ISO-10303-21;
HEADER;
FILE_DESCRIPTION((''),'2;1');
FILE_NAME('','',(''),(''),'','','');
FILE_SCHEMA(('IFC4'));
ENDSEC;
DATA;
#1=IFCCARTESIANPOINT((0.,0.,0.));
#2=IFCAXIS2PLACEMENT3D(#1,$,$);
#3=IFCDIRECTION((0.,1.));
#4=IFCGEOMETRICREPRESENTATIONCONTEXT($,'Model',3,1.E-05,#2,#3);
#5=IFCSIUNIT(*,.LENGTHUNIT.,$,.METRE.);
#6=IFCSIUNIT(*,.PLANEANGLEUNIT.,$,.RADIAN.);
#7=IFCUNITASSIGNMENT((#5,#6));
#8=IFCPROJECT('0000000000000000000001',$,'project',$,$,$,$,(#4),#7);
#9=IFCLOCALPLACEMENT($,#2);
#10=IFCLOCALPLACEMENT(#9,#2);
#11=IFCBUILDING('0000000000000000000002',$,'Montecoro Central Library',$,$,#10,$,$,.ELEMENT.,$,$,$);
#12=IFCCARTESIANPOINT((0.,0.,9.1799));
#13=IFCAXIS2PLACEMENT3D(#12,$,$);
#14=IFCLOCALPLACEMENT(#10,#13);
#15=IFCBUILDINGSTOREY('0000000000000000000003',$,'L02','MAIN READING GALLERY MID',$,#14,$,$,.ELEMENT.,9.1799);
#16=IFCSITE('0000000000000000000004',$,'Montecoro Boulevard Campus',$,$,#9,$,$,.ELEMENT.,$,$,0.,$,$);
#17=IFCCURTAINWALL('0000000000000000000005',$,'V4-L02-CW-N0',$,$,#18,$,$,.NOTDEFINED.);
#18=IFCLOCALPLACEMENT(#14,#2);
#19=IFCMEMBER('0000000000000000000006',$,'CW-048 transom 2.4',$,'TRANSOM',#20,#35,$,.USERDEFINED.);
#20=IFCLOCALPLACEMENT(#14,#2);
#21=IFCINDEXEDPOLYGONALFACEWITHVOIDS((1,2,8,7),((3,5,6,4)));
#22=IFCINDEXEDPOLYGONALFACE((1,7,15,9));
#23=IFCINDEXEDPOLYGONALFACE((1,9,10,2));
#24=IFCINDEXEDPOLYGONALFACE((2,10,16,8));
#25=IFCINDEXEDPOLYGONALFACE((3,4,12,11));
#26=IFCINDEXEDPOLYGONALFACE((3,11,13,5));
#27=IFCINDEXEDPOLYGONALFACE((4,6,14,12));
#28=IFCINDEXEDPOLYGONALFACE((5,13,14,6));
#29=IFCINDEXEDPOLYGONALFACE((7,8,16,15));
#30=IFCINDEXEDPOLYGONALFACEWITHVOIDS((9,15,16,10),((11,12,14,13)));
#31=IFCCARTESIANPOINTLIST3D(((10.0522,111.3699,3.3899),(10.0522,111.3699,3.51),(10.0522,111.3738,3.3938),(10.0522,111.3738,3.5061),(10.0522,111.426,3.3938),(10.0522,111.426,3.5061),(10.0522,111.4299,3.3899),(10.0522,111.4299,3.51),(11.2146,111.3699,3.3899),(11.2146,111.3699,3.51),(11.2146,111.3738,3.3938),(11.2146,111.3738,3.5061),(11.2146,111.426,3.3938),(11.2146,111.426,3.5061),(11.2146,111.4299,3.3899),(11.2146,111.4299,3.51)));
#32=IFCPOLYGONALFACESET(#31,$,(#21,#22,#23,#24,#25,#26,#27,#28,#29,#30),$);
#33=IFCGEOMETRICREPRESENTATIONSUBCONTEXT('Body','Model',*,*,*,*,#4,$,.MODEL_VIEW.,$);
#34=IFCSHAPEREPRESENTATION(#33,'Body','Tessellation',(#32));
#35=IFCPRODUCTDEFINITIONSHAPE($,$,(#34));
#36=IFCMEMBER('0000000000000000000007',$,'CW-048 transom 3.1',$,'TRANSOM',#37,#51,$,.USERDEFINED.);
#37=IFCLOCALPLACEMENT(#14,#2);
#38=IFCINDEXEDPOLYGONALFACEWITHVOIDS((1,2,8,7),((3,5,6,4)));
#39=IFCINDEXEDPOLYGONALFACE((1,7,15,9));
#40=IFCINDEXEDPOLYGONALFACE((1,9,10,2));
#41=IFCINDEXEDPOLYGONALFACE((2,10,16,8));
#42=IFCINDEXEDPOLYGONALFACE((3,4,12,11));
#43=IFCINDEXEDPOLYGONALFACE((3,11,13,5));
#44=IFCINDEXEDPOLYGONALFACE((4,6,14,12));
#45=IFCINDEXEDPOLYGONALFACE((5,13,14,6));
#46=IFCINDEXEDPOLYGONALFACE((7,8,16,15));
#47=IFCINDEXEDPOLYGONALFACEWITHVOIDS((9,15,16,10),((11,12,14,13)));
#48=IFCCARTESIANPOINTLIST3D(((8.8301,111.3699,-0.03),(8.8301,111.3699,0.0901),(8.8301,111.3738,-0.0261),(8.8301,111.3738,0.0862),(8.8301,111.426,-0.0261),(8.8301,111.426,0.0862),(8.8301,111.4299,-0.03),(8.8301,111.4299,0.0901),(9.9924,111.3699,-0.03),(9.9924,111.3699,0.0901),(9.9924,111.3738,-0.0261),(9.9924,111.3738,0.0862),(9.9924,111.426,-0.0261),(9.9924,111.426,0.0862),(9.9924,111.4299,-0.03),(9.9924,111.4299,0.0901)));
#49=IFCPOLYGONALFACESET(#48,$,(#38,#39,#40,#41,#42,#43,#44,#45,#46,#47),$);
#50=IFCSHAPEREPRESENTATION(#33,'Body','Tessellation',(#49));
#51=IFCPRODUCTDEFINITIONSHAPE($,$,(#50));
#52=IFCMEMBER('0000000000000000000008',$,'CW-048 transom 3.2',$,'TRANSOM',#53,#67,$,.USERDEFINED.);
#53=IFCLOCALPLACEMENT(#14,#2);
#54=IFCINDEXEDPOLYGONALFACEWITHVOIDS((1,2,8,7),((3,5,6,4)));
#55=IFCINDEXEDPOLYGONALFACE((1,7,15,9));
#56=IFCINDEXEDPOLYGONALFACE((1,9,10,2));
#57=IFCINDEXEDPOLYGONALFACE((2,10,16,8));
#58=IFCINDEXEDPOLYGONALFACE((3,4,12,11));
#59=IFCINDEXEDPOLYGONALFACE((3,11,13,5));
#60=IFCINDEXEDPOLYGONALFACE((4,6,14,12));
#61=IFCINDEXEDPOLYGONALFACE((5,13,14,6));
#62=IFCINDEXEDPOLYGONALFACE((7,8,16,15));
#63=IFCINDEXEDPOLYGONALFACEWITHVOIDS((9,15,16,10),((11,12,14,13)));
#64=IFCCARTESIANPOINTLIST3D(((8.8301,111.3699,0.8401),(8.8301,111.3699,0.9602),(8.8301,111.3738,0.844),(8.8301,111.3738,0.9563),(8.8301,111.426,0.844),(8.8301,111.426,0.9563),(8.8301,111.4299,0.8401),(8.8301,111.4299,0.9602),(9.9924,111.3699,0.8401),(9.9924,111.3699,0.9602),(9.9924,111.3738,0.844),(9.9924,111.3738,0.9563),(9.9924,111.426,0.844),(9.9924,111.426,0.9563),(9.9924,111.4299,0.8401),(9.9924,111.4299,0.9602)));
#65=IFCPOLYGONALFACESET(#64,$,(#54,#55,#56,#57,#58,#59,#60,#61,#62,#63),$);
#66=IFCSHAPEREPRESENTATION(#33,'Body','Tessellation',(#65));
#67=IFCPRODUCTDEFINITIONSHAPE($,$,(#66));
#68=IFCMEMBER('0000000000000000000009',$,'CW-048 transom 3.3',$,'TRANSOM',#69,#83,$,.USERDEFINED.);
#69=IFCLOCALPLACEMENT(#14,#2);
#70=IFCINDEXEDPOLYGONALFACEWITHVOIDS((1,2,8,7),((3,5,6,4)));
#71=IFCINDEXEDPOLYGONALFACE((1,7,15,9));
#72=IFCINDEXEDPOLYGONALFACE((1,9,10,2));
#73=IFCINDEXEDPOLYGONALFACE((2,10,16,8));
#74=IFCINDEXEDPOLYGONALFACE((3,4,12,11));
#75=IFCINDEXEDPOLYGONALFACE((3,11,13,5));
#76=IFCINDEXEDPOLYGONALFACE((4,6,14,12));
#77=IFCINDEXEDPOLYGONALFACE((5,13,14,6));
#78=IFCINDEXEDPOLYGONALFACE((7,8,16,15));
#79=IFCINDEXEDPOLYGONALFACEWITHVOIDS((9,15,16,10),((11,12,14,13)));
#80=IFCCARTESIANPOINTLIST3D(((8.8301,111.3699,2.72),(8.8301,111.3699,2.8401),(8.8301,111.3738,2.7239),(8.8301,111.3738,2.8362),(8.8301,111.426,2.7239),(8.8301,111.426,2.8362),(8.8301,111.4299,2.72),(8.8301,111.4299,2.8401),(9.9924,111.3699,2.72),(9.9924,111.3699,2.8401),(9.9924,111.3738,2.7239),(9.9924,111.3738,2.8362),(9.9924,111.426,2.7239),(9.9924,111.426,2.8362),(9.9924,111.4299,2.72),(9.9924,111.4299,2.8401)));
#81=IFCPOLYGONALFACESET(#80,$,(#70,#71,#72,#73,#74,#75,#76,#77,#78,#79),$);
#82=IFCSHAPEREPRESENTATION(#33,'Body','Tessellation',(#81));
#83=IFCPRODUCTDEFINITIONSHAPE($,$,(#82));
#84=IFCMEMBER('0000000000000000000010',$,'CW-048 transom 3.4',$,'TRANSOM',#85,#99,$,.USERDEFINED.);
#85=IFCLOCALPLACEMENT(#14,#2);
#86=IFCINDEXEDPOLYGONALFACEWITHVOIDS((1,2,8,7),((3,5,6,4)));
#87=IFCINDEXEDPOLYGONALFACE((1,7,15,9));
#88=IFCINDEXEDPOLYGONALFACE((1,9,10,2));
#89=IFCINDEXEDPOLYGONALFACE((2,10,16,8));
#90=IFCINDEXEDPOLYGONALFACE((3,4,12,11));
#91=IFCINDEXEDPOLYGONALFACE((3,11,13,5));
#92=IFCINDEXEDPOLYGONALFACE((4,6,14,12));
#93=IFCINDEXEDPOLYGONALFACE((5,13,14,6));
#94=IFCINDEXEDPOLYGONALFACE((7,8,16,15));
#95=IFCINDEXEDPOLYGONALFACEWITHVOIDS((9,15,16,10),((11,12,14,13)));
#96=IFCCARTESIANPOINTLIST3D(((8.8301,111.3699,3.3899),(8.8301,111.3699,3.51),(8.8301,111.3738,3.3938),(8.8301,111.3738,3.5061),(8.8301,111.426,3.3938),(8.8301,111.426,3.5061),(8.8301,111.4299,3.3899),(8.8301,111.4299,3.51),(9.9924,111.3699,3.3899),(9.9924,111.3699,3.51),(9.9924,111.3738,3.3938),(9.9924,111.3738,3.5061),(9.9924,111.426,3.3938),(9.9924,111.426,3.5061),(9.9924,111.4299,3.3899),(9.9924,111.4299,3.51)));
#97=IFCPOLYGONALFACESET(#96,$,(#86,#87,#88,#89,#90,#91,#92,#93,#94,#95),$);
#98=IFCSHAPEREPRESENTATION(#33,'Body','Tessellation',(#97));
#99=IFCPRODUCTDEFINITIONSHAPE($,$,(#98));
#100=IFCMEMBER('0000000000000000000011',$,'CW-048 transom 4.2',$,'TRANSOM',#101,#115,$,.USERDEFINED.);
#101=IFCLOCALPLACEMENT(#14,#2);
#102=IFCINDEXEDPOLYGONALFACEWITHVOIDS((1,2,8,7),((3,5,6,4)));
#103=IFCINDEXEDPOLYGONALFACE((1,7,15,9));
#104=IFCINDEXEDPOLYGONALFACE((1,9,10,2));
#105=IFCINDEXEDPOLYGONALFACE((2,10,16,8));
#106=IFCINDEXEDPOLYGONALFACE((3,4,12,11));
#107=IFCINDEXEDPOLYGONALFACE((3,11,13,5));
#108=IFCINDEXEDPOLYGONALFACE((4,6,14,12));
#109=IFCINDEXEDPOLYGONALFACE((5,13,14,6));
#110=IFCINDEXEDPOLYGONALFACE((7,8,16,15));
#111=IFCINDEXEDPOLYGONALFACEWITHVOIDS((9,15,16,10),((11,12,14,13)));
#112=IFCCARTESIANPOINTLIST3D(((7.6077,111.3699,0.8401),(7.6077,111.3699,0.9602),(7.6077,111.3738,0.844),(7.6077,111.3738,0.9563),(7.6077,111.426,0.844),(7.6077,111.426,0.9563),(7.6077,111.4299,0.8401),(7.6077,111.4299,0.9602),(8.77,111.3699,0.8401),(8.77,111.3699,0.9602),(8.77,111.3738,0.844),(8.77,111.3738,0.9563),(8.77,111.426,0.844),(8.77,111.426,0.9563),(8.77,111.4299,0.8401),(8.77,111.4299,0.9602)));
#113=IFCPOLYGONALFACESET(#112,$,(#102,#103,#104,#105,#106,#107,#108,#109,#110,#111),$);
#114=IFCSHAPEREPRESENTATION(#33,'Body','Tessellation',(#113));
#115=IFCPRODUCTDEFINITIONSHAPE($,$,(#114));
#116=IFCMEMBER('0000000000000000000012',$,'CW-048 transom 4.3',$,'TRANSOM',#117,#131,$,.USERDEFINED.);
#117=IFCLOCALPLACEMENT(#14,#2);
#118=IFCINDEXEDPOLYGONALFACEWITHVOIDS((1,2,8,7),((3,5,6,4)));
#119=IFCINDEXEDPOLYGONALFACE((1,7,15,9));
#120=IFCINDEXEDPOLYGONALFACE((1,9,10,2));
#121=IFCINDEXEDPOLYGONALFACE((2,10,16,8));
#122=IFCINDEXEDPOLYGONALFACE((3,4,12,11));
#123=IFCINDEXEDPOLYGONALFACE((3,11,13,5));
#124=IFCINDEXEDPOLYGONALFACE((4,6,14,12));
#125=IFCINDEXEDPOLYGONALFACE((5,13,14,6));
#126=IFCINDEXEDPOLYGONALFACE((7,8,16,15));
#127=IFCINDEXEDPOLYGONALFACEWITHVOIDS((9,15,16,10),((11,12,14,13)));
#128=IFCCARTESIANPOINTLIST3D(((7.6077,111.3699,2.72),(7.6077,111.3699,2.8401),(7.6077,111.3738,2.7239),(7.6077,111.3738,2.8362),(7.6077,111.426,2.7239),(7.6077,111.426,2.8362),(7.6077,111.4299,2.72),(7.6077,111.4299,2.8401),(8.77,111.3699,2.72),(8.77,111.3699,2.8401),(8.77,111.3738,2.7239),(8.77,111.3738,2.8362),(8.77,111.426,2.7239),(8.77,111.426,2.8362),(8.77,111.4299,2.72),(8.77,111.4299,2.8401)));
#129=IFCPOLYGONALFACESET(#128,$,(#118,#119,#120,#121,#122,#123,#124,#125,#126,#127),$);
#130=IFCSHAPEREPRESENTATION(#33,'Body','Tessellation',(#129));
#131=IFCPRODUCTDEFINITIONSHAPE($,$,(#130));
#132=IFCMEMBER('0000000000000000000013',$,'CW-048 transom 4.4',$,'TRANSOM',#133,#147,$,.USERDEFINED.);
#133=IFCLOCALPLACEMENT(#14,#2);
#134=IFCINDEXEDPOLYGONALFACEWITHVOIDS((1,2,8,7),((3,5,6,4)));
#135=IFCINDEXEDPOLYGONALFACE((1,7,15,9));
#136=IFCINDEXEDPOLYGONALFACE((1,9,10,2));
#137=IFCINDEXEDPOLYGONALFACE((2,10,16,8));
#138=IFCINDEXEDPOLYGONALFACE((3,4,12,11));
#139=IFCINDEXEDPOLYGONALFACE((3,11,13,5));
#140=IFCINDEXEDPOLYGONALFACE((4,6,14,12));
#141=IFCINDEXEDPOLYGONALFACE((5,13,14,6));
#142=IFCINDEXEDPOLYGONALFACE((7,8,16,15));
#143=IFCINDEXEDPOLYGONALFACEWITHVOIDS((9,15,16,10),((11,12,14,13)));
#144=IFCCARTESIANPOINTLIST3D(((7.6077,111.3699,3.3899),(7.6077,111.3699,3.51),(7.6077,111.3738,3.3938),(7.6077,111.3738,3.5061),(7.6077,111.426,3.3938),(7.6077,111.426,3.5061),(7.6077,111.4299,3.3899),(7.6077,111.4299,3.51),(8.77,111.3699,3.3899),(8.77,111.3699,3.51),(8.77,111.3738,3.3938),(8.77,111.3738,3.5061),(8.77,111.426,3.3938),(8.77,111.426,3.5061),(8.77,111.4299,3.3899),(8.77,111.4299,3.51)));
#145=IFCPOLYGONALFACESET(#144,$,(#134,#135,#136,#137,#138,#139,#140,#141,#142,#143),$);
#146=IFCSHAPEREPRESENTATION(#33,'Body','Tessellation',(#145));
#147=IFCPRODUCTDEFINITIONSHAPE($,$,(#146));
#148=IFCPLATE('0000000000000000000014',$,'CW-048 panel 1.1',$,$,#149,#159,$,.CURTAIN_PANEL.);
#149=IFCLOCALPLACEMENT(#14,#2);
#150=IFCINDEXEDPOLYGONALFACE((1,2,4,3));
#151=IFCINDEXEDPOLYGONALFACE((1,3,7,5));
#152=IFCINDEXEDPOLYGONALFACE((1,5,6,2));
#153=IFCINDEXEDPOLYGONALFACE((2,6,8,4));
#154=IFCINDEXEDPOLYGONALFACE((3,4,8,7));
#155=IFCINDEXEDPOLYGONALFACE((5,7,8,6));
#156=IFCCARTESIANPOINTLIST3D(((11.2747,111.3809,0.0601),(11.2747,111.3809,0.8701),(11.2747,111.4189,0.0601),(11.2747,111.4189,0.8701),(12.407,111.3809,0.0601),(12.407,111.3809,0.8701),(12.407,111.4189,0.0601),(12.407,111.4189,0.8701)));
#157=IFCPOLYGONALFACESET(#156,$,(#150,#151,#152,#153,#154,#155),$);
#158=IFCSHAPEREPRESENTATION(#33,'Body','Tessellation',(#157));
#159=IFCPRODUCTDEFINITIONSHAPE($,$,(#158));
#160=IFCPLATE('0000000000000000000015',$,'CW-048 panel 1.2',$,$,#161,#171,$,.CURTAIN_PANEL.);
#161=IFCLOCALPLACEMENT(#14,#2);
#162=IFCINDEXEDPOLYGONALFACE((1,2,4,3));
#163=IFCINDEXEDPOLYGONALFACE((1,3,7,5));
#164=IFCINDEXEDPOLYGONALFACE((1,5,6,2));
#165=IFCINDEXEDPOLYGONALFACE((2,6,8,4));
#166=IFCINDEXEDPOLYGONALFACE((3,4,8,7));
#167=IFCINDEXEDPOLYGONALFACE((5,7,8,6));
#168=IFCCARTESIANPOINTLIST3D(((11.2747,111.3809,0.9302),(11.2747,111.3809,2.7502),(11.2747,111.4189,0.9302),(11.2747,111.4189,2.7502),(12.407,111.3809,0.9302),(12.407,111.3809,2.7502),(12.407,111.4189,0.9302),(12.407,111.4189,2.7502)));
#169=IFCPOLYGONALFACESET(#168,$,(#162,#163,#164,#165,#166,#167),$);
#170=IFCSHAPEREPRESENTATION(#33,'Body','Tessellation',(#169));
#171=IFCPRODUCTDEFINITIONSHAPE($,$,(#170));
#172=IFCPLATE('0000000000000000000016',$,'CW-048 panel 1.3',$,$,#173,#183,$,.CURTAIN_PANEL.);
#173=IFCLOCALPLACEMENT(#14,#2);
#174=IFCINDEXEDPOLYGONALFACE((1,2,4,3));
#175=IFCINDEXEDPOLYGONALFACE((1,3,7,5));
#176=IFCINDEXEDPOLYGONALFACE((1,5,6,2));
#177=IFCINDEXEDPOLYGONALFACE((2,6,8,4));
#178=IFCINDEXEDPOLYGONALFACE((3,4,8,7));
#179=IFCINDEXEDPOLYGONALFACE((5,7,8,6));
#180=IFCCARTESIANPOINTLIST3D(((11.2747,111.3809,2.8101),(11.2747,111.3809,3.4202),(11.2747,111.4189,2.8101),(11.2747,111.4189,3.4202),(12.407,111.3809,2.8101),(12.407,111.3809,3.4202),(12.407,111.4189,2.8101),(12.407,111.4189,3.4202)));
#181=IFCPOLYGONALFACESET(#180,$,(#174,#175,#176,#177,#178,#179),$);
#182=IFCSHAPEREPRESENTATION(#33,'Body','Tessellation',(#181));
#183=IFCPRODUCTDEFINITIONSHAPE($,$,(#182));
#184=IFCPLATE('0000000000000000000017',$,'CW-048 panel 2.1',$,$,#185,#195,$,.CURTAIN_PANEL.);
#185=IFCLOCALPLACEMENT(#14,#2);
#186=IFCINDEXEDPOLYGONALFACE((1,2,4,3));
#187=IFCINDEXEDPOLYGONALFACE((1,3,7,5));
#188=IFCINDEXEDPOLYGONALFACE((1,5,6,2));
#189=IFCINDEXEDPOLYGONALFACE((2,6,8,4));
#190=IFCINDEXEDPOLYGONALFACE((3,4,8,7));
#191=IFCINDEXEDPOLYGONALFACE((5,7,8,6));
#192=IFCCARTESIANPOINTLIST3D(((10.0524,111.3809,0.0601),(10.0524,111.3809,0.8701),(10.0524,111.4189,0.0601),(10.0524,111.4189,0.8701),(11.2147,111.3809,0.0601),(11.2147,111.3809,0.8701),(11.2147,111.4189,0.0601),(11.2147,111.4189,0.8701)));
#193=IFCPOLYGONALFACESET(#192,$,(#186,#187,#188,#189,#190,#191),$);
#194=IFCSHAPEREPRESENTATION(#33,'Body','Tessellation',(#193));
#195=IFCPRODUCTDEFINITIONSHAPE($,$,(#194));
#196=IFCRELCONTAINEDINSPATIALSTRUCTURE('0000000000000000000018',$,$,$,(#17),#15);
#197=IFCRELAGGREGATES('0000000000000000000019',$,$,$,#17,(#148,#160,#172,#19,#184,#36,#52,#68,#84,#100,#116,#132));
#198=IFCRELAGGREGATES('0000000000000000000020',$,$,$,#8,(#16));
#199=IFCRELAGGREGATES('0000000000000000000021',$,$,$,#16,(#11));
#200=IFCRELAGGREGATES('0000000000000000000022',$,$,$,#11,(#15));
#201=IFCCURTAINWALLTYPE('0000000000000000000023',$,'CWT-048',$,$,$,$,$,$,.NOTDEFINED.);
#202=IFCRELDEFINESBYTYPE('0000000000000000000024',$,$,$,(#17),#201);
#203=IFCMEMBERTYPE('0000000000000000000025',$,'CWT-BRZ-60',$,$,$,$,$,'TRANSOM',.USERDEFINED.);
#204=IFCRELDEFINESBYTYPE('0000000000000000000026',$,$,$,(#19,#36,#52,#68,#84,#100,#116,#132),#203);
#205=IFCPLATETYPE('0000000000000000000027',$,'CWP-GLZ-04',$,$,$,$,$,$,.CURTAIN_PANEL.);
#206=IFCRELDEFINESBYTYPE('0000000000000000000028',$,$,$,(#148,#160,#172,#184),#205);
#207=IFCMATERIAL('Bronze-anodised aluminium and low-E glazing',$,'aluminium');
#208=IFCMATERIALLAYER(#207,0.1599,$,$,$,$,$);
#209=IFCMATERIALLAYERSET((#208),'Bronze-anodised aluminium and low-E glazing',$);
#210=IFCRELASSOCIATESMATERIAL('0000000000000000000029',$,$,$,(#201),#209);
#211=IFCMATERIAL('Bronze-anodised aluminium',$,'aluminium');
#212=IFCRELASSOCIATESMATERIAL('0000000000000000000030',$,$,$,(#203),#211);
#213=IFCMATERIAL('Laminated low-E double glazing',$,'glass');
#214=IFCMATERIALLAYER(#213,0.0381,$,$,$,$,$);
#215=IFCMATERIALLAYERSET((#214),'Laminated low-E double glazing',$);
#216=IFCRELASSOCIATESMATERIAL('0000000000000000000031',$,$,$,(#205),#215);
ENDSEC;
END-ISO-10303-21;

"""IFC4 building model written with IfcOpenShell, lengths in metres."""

from ifc_helpers import new_model, si_unit, direction, frame, origin, origin_2d, place, context, subcontext, project, spatial, rectangle, hollow_rectangle, extrude, material, layer, layer_set, material_profile, profile_set, type_object, element, aggregate, save


model = new_model("IFC4")

# Units and contexts
model_context = context("Model", 3, precision=1e-05, world=origin(), true_north=direction((0.0, 1.0)))
body_context = subcontext(model_context, "Body", "Model", "MODEL_VIEW")
ifc_project = project(units=[si_unit("LENGTHUNIT", "METRE"), si_unit("PLANEANGLEUNIT", "RADIAN")], contexts=[model_context])

# Site, building, storey
site_placement = place(None, origin())
site = spatial("IfcSite", under=ifc_project, at=site_placement, Name="Montecoro Boulevard Campus", CompositionType="ELEMENT", RefElevation=0.0)
building_placement = place(site_placement, origin())
building = spatial("IfcBuilding", under=site, at=building_placement, Name="Montecoro Central Library", CompositionType="ELEMENT")
storey_placement = place(building_placement, frame((0.0, 0.0, 9.1799)))
storey = spatial("IfcBuildingStorey", under=building, at=storey_placement, Name="L02", Description="MAIN READING GALLERY MID", CompositionType="ELEMENT", Elevation=9.1799)

# Curtain wall, members, plates
ifc_material_1 = material(Name="Bronze-anodised aluminium and low-E glazing", Category="aluminium")
ifc_layer_1 = layer(ifc_material_1, 0.1599)
ifc_layer_set_1 = layer_set([ifc_layer_1], Name="Bronze-anodised aluminium and low-E glazing")
curtain_wall_type = type_object("IfcCurtainWallType", Name="CWT-048", PredefinedType="NOTDEFINED", material=ifc_layer_set_1)
curtain_wall_placement = place(storey_placement, origin())
curtain_wall = element("IfcCurtainWall", 1, at=curtain_wall_placement, inside=storey, type_object=curtain_wall_type, Name="V4-L02-CW-N0", PredefinedType="NOTDEFINED")
ifc_material_2 = material(Name="Bronze-anodised aluminium", Category="aluminium")
ifc_material_profile_1 = material_profile(ifc_material_2, hollow_rectangle(XDim=0.0601, YDim=0.1201, WallThickness=0.0039, at=origin_2d()), Name="CWT 120x60x4.0")
ifc_profile_set_1 = profile_set([ifc_material_profile_1], Name="Bronze-anodised aluminium")
member_type_1 = type_object("IfcMemberType", Name="CWT-BRZ-60", ElementType="TRANSOM", PredefinedType="USERDEFINED", material=ifc_profile_set_1)
member_1_placement = place(storey_placement, frame((11.2146, 111.3999, 3.45), z_axis=(-1.0, 0.0, 0.0), x_axis=(0.0, -1.0, 0.0)))
member_1 = element("IfcMember", 2, at=member_1_placement, type_object=member_type_1, Name="CW-048 transom 2.4", ObjectType="TRANSOM", PredefinedType="USERDEFINED", context=body_context, shape_type="SweptSolid", body=[
    extrude(hollow_rectangle(XDim=0.0601, YDim=0.1201, WallThickness=0.0039, at=origin_2d()), origin(), (0.0, 0.0, 1.0), 1.1624),
])
member_2_placement = place(storey_placement, frame((9.9924, 111.3999, 0.03), z_axis=(-1.0, 0.0, 0.0), x_axis=(0.0, -1.0, 0.0)))
member_2 = element("IfcMember", 3, at=member_2_placement, type_object=member_type_1, Name="CW-048 transom 3.1", ObjectType="TRANSOM", PredefinedType="USERDEFINED", context=body_context, shape_type="SweptSolid", body=[
    extrude(hollow_rectangle(XDim=0.0601, YDim=0.1201, WallThickness=0.0039, at=origin_2d()), origin(), (0.0, 0.0, 1.0), 1.1624),
])
member_3_placement = place(storey_placement, frame((9.9924, 111.3999, 0.9001), z_axis=(-1.0, 0.0, 0.0), x_axis=(0.0, -1.0, 0.0)))
member_3 = element("IfcMember", 4, at=member_3_placement, type_object=member_type_1, Name="CW-048 transom 3.2", ObjectType="TRANSOM", PredefinedType="USERDEFINED", context=body_context, shape_type="SweptSolid", body=[
    extrude(hollow_rectangle(XDim=0.0601, YDim=0.1201, WallThickness=0.0039, at=origin_2d()), origin(), (0.0, 0.0, 1.0), 1.1624),
])
member_4_placement = place(storey_placement, frame((9.9924, 111.3999, 2.78), z_axis=(-1.0, 0.0, 0.0), x_axis=(0.0, -1.0, 0.0)))
member_4 = element("IfcMember", 5, at=member_4_placement, type_object=member_type_1, Name="CW-048 transom 3.3", ObjectType="TRANSOM", PredefinedType="USERDEFINED", context=body_context, shape_type="SweptSolid", body=[
    extrude(hollow_rectangle(XDim=0.0601, YDim=0.1201, WallThickness=0.0039, at=origin_2d()), origin(), (0.0, 0.0, 1.0), 1.1624),
])
member_5_placement = place(storey_placement, frame((9.9924, 111.3999, 3.45), z_axis=(-1.0, 0.0, 0.0), x_axis=(0.0, -1.0, 0.0)))
member_5 = element("IfcMember", 6, at=member_5_placement, type_object=member_type_1, Name="CW-048 transom 3.4", ObjectType="TRANSOM", PredefinedType="USERDEFINED", context=body_context, shape_type="SweptSolid", body=[
    extrude(hollow_rectangle(XDim=0.0601, YDim=0.1201, WallThickness=0.0039, at=origin_2d()), origin(), (0.0, 0.0, 1.0), 1.1624),
])
member_6_placement = place(storey_placement, frame((8.77, 111.3999, 0.9001), z_axis=(-1.0, 0.0, 0.0), x_axis=(0.0, -1.0, 0.0)))
member_6 = element("IfcMember", 7, at=member_6_placement, type_object=member_type_1, Name="CW-048 transom 4.2", ObjectType="TRANSOM", PredefinedType="USERDEFINED", context=body_context, shape_type="SweptSolid", body=[
    extrude(hollow_rectangle(XDim=0.0601, YDim=0.1201, WallThickness=0.0039, at=origin_2d()), origin(), (0.0, 0.0, 1.0), 1.1624),
])
member_7_placement = place(storey_placement, frame((8.77, 111.3999, 2.78), z_axis=(-1.0, 0.0, 0.0), x_axis=(0.0, -1.0, 0.0)))
member_7 = element("IfcMember", 8, at=member_7_placement, type_object=member_type_1, Name="CW-048 transom 4.3", ObjectType="TRANSOM", PredefinedType="USERDEFINED", context=body_context, shape_type="SweptSolid", body=[
    extrude(hollow_rectangle(XDim=0.0601, YDim=0.1201, WallThickness=0.0039, at=origin_2d()), origin(), (0.0, 0.0, 1.0), 1.1624),
])
member_8_placement = place(storey_placement, frame((8.77, 111.3999, 3.45), z_axis=(-1.0, 0.0, 0.0), x_axis=(0.0, -1.0, 0.0)))
member_8 = element("IfcMember", 9, at=member_8_placement, type_object=member_type_1, Name="CW-048 transom 4.4", ObjectType="TRANSOM", PredefinedType="USERDEFINED", context=body_context, shape_type="SweptSolid", body=[
    extrude(hollow_rectangle(XDim=0.0601, YDim=0.1201, WallThickness=0.0039, at=origin_2d()), origin(), (0.0, 0.0, 1.0), 1.1624),
])
ifc_material_3 = material(Name="Laminated low-E double glazing", Category="glass")
ifc_layer_2 = layer(ifc_material_3, 0.0381)
ifc_layer_set_2 = layer_set([ifc_layer_2], Name="Laminated low-E double glazing")
plate_type = type_object("IfcPlateType", Name="CWP-GLZ-04", PredefinedType="CURTAIN_PANEL", material=ifc_layer_set_2)
plate_1_placement = place(storey_placement, frame((11.8408, 111.3999, 0.0601), z_axis=(0.0, 0.0, 1.0), x_axis=(-1.0, 0.0, 0.0)))
plate_1 = element("IfcPlate", 10, at=plate_1_placement, type_object=plate_type, Name="CW-048 panel 1.1", PredefinedType="CURTAIN_PANEL", context=body_context, shape_type="SweptSolid", body=[
    extrude(rectangle(XDim=1.1323, YDim=0.0381, at=origin_2d()), origin(), (0.0, 0.0, 1.0), 0.8101),
])
plate_2_placement = place(storey_placement, frame((11.8408, 111.3999, 0.9302), z_axis=(0.0, 0.0, 1.0), x_axis=(-1.0, 0.0, 0.0)))
plate_2 = element("IfcPlate", 11, at=plate_2_placement, type_object=plate_type, Name="CW-048 panel 1.2", PredefinedType="CURTAIN_PANEL", context=body_context, shape_type="SweptSolid", body=[
    extrude(rectangle(XDim=1.1323, YDim=0.0381, at=origin_2d()), origin(), (0.0, 0.0, 1.0), 1.8201),
])
plate_3_placement = place(storey_placement, frame((11.8408, 111.3999, 2.8101), z_axis=(0.0, 0.0, 1.0), x_axis=(-1.0, 0.0, 0.0)))
plate_3 = element("IfcPlate", 12, at=plate_3_placement, type_object=plate_type, Name="CW-048 panel 1.3", PredefinedType="CURTAIN_PANEL", context=body_context, shape_type="SweptSolid", body=[
    extrude(rectangle(XDim=1.1323, YDim=0.0381, at=origin_2d()), origin(), (0.0, 0.0, 1.0), 0.6101),
])
plate_4_placement = place(storey_placement, frame((10.6335, 111.3999, 0.0601), z_axis=(0.0, 0.0, 1.0), x_axis=(-1.0, 0.0, 0.0)))
plate_4 = element("IfcPlate", 13, at=plate_4_placement, type_object=plate_type, Name="CW-048 panel 2.1", PredefinedType="CURTAIN_PANEL", context=body_context, shape_type="SweptSolid", body=[
    extrude(rectangle(XDim=1.1624, YDim=0.0381, at=origin_2d()), origin(), (0.0, 0.0, 1.0), 0.8101),
])
aggregate(curtain_wall, [plate_1, plate_2, plate_3, member_1, plate_4, member_2, member_3, member_4, member_5, member_6, member_7, member_8])

save(model, "model.ifc")
